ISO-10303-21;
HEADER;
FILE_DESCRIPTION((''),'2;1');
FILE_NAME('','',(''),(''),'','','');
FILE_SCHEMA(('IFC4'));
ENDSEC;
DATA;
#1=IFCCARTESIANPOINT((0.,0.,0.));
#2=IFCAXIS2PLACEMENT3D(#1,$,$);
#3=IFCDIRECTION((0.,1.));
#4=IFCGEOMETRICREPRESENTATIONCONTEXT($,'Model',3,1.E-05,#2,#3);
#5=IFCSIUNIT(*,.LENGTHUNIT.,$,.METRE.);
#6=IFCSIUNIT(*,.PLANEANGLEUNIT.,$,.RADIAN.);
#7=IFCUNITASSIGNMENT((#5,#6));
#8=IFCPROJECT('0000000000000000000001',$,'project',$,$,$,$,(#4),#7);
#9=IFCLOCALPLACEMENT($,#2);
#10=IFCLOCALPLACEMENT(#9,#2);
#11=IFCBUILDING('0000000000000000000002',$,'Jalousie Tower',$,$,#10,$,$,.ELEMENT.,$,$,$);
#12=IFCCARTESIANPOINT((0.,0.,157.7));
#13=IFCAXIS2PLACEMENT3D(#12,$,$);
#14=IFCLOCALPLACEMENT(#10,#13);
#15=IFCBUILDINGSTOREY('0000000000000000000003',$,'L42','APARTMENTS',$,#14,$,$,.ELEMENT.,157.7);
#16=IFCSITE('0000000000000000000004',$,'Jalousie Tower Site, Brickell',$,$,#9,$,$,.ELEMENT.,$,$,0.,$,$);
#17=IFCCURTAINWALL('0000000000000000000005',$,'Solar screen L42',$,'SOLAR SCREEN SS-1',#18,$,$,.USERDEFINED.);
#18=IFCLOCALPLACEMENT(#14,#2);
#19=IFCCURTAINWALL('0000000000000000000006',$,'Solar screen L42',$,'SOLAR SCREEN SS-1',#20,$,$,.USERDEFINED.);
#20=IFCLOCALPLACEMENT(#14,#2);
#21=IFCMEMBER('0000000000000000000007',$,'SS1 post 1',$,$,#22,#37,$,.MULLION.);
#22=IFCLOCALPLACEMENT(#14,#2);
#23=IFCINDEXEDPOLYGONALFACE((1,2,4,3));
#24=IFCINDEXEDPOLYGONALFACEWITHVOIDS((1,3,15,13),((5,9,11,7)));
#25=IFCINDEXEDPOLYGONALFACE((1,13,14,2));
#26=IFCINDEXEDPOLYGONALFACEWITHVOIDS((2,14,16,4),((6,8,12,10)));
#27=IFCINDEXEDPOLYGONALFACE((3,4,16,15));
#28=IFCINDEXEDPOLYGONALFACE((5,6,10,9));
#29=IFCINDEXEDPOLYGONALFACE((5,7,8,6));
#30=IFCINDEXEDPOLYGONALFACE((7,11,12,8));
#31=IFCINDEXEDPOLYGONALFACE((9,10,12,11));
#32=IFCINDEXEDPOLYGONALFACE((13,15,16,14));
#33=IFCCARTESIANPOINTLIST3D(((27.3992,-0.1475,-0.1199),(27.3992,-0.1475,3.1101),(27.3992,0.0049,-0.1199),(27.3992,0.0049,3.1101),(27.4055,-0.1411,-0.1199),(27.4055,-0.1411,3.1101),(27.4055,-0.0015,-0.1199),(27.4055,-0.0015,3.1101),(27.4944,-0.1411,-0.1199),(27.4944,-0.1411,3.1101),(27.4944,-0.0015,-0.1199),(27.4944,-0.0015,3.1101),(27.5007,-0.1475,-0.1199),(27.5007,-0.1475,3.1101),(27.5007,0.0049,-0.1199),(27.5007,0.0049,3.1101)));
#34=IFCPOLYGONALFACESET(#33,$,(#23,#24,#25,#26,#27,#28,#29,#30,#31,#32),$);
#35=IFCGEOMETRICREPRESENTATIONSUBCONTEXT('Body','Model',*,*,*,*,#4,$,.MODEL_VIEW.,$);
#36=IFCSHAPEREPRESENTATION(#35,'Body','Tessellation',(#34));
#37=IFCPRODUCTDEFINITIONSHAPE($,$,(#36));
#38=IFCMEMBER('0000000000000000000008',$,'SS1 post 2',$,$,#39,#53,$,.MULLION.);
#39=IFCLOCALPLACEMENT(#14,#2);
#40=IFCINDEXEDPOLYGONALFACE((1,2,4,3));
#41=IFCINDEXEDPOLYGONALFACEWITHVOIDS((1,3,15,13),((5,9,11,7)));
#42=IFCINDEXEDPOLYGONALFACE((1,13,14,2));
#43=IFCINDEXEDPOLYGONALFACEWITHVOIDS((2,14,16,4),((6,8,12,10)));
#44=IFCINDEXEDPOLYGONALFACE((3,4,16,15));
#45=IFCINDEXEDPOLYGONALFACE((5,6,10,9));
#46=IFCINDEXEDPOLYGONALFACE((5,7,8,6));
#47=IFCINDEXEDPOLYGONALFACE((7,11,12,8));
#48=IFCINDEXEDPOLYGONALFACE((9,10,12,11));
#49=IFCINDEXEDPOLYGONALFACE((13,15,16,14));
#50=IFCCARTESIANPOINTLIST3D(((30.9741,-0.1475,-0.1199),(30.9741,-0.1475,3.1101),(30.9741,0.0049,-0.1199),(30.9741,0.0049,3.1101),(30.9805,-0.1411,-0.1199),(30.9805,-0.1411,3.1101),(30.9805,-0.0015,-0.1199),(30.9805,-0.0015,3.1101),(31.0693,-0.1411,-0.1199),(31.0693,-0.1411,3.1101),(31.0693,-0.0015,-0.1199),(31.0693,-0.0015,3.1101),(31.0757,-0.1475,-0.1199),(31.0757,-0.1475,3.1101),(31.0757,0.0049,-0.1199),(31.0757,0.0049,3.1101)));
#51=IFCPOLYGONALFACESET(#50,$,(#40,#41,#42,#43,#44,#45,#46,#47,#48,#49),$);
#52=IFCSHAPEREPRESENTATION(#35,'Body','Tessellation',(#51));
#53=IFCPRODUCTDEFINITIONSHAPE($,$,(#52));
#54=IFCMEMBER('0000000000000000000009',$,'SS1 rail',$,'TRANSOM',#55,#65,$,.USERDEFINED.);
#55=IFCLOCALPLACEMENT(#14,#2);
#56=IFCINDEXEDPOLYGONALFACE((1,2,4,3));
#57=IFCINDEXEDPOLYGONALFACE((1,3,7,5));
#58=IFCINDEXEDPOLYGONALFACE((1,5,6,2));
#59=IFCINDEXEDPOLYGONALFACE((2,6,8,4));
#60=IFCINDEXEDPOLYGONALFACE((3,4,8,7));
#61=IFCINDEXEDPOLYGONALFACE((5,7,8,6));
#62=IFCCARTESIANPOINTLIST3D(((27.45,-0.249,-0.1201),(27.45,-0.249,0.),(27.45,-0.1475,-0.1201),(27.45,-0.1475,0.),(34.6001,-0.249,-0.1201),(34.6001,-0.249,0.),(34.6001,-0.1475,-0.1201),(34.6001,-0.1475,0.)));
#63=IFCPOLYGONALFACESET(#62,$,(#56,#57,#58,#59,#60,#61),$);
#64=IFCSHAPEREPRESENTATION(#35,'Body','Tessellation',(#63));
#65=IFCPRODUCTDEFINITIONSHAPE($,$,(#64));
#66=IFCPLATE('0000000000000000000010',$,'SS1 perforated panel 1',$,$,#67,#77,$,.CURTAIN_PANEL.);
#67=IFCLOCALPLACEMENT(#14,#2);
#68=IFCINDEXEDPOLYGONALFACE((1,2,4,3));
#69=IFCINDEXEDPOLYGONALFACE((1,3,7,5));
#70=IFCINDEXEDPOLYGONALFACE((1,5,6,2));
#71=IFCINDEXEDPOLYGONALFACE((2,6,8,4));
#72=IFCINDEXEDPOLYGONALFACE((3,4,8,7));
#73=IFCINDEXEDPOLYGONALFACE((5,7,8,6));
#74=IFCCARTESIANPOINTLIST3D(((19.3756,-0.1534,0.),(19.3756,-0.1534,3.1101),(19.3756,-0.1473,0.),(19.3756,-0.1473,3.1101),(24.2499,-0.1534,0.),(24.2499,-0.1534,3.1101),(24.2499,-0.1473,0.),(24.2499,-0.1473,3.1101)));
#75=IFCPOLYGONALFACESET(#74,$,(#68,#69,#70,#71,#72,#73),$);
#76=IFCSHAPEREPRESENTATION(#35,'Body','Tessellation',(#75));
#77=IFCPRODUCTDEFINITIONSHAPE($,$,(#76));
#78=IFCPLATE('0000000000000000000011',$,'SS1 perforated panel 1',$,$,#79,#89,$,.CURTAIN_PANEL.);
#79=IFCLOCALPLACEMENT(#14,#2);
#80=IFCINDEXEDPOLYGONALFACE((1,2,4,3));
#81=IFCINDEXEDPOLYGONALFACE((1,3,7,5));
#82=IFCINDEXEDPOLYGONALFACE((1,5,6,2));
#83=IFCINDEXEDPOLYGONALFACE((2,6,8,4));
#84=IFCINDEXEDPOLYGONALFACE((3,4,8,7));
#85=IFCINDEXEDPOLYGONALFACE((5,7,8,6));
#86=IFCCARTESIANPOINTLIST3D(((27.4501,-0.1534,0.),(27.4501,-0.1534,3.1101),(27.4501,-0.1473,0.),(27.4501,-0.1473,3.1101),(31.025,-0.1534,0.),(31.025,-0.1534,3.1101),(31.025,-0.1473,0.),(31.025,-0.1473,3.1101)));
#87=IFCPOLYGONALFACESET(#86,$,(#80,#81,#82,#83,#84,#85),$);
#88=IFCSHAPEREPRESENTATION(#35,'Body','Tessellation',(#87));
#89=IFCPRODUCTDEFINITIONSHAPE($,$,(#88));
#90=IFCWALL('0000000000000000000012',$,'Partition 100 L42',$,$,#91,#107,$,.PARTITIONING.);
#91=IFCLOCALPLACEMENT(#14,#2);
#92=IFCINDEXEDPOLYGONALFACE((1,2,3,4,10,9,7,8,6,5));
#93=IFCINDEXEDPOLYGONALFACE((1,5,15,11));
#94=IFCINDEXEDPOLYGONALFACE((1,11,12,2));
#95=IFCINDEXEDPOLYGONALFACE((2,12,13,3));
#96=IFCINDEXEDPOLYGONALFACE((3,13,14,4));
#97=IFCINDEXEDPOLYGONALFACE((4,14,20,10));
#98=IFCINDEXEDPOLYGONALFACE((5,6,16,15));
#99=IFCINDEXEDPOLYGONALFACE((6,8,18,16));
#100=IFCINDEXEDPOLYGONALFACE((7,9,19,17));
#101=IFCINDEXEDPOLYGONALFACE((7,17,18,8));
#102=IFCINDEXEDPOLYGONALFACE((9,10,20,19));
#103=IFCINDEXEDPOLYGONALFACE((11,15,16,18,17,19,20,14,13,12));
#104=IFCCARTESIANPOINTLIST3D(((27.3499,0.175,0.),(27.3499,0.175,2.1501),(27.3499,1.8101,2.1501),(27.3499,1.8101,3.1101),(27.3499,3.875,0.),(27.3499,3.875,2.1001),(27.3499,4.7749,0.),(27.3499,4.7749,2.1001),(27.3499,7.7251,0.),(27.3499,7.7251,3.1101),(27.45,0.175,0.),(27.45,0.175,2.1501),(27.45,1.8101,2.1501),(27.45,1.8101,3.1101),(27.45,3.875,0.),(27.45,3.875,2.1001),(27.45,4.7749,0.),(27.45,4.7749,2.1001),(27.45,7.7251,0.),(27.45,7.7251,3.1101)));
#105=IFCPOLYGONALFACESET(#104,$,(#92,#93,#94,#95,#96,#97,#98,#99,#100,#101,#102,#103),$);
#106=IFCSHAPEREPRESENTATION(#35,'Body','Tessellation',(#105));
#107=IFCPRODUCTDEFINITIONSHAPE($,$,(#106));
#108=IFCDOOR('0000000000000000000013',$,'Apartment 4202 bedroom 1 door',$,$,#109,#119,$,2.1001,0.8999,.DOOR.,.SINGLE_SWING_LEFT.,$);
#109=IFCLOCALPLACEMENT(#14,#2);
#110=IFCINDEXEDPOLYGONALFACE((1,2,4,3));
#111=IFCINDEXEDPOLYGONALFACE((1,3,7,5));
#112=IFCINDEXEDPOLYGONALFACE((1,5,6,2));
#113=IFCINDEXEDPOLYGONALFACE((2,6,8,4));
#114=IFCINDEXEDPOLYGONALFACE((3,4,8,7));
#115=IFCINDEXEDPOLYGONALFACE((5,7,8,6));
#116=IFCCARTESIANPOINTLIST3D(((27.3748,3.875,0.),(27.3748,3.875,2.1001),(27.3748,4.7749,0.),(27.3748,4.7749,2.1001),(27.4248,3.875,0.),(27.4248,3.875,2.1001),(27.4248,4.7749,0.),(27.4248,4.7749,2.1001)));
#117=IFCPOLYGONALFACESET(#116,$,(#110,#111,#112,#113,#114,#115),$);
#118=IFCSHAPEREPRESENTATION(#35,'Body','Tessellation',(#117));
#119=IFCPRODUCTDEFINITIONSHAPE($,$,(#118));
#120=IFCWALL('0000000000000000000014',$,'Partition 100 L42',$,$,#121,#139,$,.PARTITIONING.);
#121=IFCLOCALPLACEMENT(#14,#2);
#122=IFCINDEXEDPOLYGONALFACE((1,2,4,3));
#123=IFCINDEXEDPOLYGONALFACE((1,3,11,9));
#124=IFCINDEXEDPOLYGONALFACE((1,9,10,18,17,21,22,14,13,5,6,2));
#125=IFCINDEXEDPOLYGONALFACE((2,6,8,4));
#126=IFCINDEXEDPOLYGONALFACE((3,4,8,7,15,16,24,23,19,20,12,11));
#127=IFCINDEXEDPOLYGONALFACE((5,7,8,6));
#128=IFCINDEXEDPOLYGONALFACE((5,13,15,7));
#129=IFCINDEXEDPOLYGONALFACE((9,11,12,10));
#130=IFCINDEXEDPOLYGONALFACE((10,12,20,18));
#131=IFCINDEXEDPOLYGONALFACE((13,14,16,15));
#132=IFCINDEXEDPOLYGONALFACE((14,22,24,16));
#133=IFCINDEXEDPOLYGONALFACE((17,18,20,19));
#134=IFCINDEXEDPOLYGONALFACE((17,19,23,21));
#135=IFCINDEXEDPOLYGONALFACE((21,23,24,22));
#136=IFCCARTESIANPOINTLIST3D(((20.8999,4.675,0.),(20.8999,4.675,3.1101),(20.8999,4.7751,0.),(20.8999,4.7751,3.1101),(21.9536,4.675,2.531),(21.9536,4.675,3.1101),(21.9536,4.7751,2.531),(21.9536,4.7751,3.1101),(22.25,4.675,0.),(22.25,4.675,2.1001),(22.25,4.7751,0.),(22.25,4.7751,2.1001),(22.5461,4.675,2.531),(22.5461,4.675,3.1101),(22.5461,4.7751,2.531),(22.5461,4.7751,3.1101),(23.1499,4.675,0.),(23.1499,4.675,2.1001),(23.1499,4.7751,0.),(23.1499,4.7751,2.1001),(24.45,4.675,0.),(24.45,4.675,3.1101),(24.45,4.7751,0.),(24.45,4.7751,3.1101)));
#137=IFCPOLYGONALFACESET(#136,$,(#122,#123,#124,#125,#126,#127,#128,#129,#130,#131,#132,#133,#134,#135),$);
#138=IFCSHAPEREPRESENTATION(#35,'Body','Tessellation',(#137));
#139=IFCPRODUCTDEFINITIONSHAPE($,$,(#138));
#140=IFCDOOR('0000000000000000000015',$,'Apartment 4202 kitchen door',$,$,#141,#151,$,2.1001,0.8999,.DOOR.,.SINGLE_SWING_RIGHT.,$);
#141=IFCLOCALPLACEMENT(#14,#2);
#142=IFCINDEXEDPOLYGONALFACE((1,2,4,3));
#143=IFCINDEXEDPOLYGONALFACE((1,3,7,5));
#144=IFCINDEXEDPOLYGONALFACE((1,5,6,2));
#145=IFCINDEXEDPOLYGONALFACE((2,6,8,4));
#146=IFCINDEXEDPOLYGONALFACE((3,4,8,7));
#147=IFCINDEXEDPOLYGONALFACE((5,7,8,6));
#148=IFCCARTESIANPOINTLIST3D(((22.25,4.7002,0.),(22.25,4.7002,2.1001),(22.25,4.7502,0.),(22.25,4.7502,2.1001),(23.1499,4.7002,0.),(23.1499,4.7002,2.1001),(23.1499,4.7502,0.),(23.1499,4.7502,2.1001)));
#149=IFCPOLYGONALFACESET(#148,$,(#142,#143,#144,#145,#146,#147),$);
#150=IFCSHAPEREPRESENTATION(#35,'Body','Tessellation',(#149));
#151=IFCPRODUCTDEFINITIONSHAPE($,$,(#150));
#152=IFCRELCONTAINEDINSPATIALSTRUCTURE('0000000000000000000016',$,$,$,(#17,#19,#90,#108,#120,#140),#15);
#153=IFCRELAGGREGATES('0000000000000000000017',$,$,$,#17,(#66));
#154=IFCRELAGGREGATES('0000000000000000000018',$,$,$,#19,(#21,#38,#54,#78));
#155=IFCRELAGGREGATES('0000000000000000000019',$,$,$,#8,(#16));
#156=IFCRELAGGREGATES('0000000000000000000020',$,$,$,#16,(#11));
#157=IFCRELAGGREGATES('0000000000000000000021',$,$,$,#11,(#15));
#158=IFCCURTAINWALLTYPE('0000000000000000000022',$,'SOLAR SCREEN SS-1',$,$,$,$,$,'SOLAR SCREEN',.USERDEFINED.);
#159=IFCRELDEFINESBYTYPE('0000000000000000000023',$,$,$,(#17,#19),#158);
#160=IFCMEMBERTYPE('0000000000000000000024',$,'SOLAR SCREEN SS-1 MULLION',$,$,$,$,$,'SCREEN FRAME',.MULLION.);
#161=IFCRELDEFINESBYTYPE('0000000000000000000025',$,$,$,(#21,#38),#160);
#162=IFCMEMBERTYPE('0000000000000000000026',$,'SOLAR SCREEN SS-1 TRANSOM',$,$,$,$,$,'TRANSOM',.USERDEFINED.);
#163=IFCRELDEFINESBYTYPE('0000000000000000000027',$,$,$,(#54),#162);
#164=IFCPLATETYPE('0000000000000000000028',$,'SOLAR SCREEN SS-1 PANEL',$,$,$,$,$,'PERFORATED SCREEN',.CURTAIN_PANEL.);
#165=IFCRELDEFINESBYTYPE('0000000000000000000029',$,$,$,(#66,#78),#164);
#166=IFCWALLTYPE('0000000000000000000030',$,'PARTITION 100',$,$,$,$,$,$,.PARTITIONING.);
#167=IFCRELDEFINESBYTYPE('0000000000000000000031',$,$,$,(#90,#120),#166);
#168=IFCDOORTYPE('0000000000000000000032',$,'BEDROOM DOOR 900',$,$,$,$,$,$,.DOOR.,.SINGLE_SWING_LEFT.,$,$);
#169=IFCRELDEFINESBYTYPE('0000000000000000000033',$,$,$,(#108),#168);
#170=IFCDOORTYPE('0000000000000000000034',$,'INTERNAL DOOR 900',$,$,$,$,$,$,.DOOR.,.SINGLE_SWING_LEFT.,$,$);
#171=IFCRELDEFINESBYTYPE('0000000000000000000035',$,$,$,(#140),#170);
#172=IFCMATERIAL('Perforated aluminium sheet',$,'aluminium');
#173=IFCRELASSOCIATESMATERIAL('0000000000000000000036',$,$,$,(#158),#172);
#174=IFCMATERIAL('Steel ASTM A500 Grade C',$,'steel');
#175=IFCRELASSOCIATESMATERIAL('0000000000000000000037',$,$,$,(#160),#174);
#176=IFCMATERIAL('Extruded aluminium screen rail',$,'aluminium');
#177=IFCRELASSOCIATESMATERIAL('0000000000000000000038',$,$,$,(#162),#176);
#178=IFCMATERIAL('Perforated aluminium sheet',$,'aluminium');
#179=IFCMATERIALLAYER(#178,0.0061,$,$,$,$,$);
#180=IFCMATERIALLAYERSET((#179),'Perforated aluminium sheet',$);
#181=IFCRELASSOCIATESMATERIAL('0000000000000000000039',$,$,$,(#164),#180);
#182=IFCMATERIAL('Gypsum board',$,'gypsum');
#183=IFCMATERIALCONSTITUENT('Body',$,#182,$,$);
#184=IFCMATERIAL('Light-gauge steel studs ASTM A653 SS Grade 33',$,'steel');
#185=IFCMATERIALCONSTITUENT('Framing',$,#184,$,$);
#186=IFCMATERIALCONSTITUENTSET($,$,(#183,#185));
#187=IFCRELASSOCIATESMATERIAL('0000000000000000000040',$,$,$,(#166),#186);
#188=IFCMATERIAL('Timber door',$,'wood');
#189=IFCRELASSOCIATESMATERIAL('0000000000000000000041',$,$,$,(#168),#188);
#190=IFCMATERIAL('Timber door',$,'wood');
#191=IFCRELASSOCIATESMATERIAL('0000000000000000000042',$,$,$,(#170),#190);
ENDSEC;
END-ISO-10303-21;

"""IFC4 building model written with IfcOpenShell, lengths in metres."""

from ifc_helpers import new_model, si_unit, direction, frame, frame_2d, origin, origin_2d, place, context, subcontext, project, spatial, polyline, rectangle, hollow_rectangle, outline, extrude, material, layer, layer_set, constituent, constituent_set, material_profile, profile_set, type_object, element, fill, aggregate, save


model = new_model("IFC4")

# Units and contexts
model_context = context("Model", 3, precision=1e-05, world=origin(), true_north=direction((0.0, 1.0)))
body_context = subcontext(model_context, "Body", "Model", "MODEL_VIEW")
ifc_project = project(units=[si_unit("LENGTHUNIT", "METRE"), si_unit("PLANEANGLEUNIT", "RADIAN")], contexts=[model_context])

# Site, building, storey
site_placement = place(None, origin())
site = spatial("IfcSite", under=ifc_project, at=site_placement, Name="Jalousie Tower Site, Brickell", CompositionType="ELEMENT", RefElevation=0.0)
building_placement = place(site_placement, origin())
building = spatial("IfcBuilding", under=site, at=building_placement, Name="Jalousie Tower", CompositionType="ELEMENT")
storey_placement = place(building_placement, frame((0.0, 0.0, 157.7)))
storey = spatial("IfcBuildingStorey", under=building, at=storey_placement, Name="L42", Description="APARTMENTS", CompositionType="ELEMENT", Elevation=157.7)

# Curtain walls, members
ifc_material_1 = material(Name="Perforated aluminium sheet", Category="aluminium")
curtain_wall_type = type_object("IfcCurtainWallType", Name="SOLAR SCREEN SS-1", ElementType="SOLAR SCREEN", PredefinedType="USERDEFINED", material=ifc_material_1)
curtain_wall_1_placement = place(storey_placement, origin())
curtain_wall_1 = element("IfcCurtainWall", 1, at=curtain_wall_1_placement, inside=storey, type_object=curtain_wall_type, Name="Solar screen L42", ObjectType="SOLAR SCREEN SS-1", PredefinedType="USERDEFINED")
ifc_material_2 = material(Name="Steel ASTM A500 Grade C", Category="steel")
ifc_material_profile_1 = material_profile(ifc_material_2, hollow_rectangle(XDim=0.1016, YDim=0.1523, WallThickness=0.0063, at=origin_2d()), Name="HSS6X4X1/4")
ifc_profile_set_1 = profile_set([ifc_material_profile_1], Name="Steel ASTM A500 Grade C")
member_type_1 = type_object("IfcMemberType", Name="SOLAR SCREEN SS-1 MULLION", ElementType="SCREEN FRAME", PredefinedType="MULLION", material=ifc_profile_set_1)
curtain_wall_2_placement = place(storey_placement, origin())
curtain_wall_2 = element("IfcCurtainWall", 2, at=curtain_wall_2_placement, inside=storey, type_object=curtain_wall_type, Name="Solar screen L42", ObjectType="SOLAR SCREEN SS-1", PredefinedType="USERDEFINED")
member_1_placement = place(storey_placement, frame((27.45, -0.0713, -0.1199), z_axis=(0.0, 0.0, 1.0), x_axis=(1.0, 0.0, 0.0)))
member_1 = element("IfcMember", 3, at=member_1_placement, type_object=member_type_1, Name="SS1 post 1", PredefinedType="MULLION", context=body_context, shape_type="SweptSolid", body=[
    extrude(hollow_rectangle(XDim=0.1016, YDim=0.1523, WallThickness=0.0063, at=origin_2d()), origin(), (0.0, 0.0, 1.0), 3.23),
])
member_2_placement = place(storey_placement, frame((31.0249, -0.0713, -0.1199), z_axis=(0.0, 0.0, 1.0), x_axis=(1.0, 0.0, 0.0)))
member_2 = element("IfcMember", 4, at=member_2_placement, type_object=member_type_1, Name="SS1 post 2", PredefinedType="MULLION", context=body_context, shape_type="SweptSolid", body=[
    extrude(hollow_rectangle(XDim=0.1016, YDim=0.1523, WallThickness=0.0063, at=origin_2d()), origin(), (0.0, 0.0, 1.0), 3.23),
])
ifc_material_3 = material(Name="Extruded aluminium screen rail", Category="aluminium")
ifc_material_profile_2 = material_profile(ifc_material_3, rectangle(XDim=0.1016, YDim=0.1201, at=origin_2d()), Name="RAIL 102x120")
ifc_profile_set_2 = profile_set([ifc_material_profile_2], Name="Extruded aluminium screen rail")
member_type_2 = type_object("IfcMemberType", Name="SOLAR SCREEN SS-1 TRANSOM", ElementType="TRANSOM", PredefinedType="USERDEFINED", material=ifc_profile_set_2)
member_3_placement = place(storey_placement, frame((27.45, -0.1982, -0.0601), z_axis=(1.0, 0.0, 0.0), x_axis=(0.0, 1.0, 0.0)))
member_3 = element("IfcMember", 5, at=member_3_placement, type_object=member_type_2, Name="SS1 rail", ObjectType="TRANSOM", PredefinedType="USERDEFINED", context=body_context, shape_type="SweptSolid", body=[
    extrude(rectangle(XDim=0.1016, YDim=0.1201, at=origin_2d()), origin(), (0.0, 0.0, 1.0), 7.1501),
])

# Plates
ifc_material_4 = material(Name="Perforated aluminium sheet", Category="aluminium")
ifc_layer_1 = layer(ifc_material_4, 0.0061)
ifc_layer_set_1 = layer_set([ifc_layer_1], Name="Perforated aluminium sheet")
plate_type = type_object("IfcPlateType", Name="SOLAR SCREEN SS-1 PANEL", ElementType="PERFORATED SCREEN", PredefinedType="CURTAIN_PANEL", material=ifc_layer_set_1)
plate_1_placement = place(storey_placement, frame((21.8127, -0.1504, 0.0), z_axis=(0.0, 0.0, 1.0), x_axis=(1.0, 0.0, 0.0)))
plate_1 = element("IfcPlate", 6, at=plate_1_placement, type_object=plate_type, Name="SS1 perforated panel 1", PredefinedType="CURTAIN_PANEL", context=body_context, shape_type="SweptSolid", body=[
    extrude(rectangle(XDim=4.8743, YDim=0.0061, at=origin_2d()), origin(), (0.0, 0.0, 1.0), 3.1101),
])
aggregate(curtain_wall_1, [plate_1])
plate_2_placement = place(storey_placement, frame((29.2375, -0.1504, 0.0), z_axis=(0.0, 0.0, 1.0), x_axis=(1.0, 0.0, 0.0)))
plate_2 = element("IfcPlate", 7, at=plate_2_placement, type_object=plate_type, Name="SS1 perforated panel 1", PredefinedType="CURTAIN_PANEL", context=body_context, shape_type="SweptSolid", body=[
    extrude(rectangle(XDim=3.575, YDim=0.0061, at=origin_2d()), origin(), (0.0, 0.0, 1.0), 3.1101),
])
aggregate(curtain_wall_2, [member_1, member_2, member_3, plate_2])

# Walls, openings, doors
ifc_material_5 = material(Name="Gypsum board", Category="gypsum")
ifc_constituent_1 = constituent(ifc_material_5, Name="Body")
ifc_material_6 = material(Name="Light-gauge steel studs ASTM A653 SS Grade 33", Category="steel")
ifc_constituent_2 = constituent(ifc_material_6, Name="Framing")
ifc_constituent_set_1 = constituent_set(constituents=[ifc_constituent_1, ifc_constituent_2])
wall_type_1 = type_object("IfcWallType", Name="PARTITION 100", PredefinedType="PARTITIONING", material=ifc_constituent_set_1)
wall_1_placement = place(storey_placement, frame((27.3999, 0.175, 0.0), z_axis=(0.0, 0.0, 1.0), x_axis=(0.0, 1.0, 0.0)))
wall_1 = element("IfcWall", 8, at=wall_1_placement, inside=storey, type_object=wall_type_1, Name="Partition 100 L42", PredefinedType="PARTITIONING", context=body_context, shape_type="SweptSolid", body=[
    extrude(outline(polyline([(0.0, 0.0), (7.55, 0.0), (7.55, 3.1101), (1.635, 3.1101), (1.635, 2.1501), (0.0, 2.1501), (0.0, 3.1101), (0.0, 0.0)])), frame((0.0, 0.05, 0.0), z_axis=(0.0, -1.0, 0.0), x_axis=(1.0, 0.0, 0.0)), (0.0, 0.0, 1.0), 0.1001),
])
opening_1_placement = place(wall_1_placement, frame((3.7, 0.0, 0.0)))
opening_1 = element("IfcOpeningElement", 9, at=opening_1_placement, cuts=wall_1, PredefinedType="OPENING", context=body_context, shape_type="SweptSolid", body=[
    extrude(rectangle(XDim=0.8999, YDim=2.1001, at=frame_2d((0.45, 1.05))), frame((0.0, 0.0601, 0.0), z_axis=(0.0, -1.0, 0.0), x_axis=(1.0, 0.0, 0.0)), (0.0, 0.0, 1.0), 0.1201),
])
ifc_material_7 = material(Name="Timber door", Category="wood")
door_type_1 = type_object("IfcDoorType", Name="BEDROOM DOOR 900", OperationType="SINGLE_SWING_LEFT", PredefinedType="DOOR", material=ifc_material_7)
door_1_placement = place(opening_1_placement, frame((0.8999, 0.0, 0.0), z_axis=(0.0, 0.0, 1.0), x_axis=(-1.0, 0.0, 0.0)))
door_1 = element("IfcDoor", 10, at=door_1_placement, inside=storey, type_object=door_type_1, Name="Apartment 4202 bedroom 1 door", OperationType="SINGLE_SWING_LEFT", OverallHeight=2.1001, OverallWidth=0.8999, PredefinedType="DOOR", context=body_context, shape_type="SweptSolid", body=[
    extrude(rectangle(XDim=0.8999, YDim=2.1001, at=frame_2d((0.45, 1.05))), frame((0.0, 0.0249, 0.0), z_axis=(0.0, -1.0, 0.0), x_axis=(1.0, 0.0, 0.0)), (0.0, 0.0, 1.0), 0.05),
])
fill(opening_1, door_1)
wall_2_placement = place(storey_placement, frame((20.8999, 4.7251, 0.0), z_axis=(0.0, 0.0, 1.0), x_axis=(1.0, 0.0, 0.0)))
wall_2 = element("IfcWall", 11, at=wall_2_placement, inside=storey, type_object=wall_type_1, Name="Partition 100 L42", PredefinedType="PARTITIONING", context=body_context, shape_type="SweptSolid", body=[
    extrude(outline(polyline([(0.0, 0.0), (3.55, 0.0), (3.55, 3.1101), (1.6462, 3.1101), (1.6462, 2.531), (1.0537, 2.531), (1.0537, 3.1101), (0.0, 3.1101), (0.0, 0.0)])), frame((0.0, 0.05, 0.0), z_axis=(0.0, -1.0, 0.0), x_axis=(1.0, 0.0, 0.0)), (0.0, 0.0, 1.0), 0.1001),
])
opening_2_placement = place(wall_2_placement, frame((1.3501, 0.0, 0.0)))
opening_2 = element("IfcOpeningElement", 12, at=opening_2_placement, cuts=wall_2, PredefinedType="OPENING", context=body_context, shape_type="SweptSolid", body=[
    extrude(rectangle(XDim=0.8999, YDim=2.1001, at=frame_2d((0.45, 1.05))), frame((0.0, 0.0601, 0.0), z_axis=(0.0, -1.0, 0.0), x_axis=(1.0, 0.0, 0.0)), (0.0, 0.0, 1.0), 0.1201),
])
ifc_material_8 = material(Name="Timber door", Category="wood")
door_type_2 = type_object("IfcDoorType", Name="INTERNAL DOOR 900", OperationType="SINGLE_SWING_LEFT", PredefinedType="DOOR", material=ifc_material_8)
door_2_placement = place(opening_2_placement, frame((0.8999, 0.0, 0.0), z_axis=(0.0, 0.0, 1.0), x_axis=(-1.0, 0.0, 0.0)))
door_2 = element("IfcDoor", 13, at=door_2_placement, inside=storey, type_object=door_type_2, Name="Apartment 4202 kitchen door", OperationType="SINGLE_SWING_RIGHT", OverallHeight=2.1001, OverallWidth=0.8999, PredefinedType="DOOR", context=body_context, shape_type="SweptSolid", body=[
    extrude(rectangle(XDim=0.8999, YDim=2.1001, at=frame_2d((0.45, 1.05))), frame((0.0, 0.0249, 0.0), z_axis=(0.0, -1.0, 0.0), x_axis=(1.0, 0.0, 0.0)), (0.0, 0.0, 1.0), 0.05),
])
fill(opening_2, door_2)

save(model, "model.ifc")
